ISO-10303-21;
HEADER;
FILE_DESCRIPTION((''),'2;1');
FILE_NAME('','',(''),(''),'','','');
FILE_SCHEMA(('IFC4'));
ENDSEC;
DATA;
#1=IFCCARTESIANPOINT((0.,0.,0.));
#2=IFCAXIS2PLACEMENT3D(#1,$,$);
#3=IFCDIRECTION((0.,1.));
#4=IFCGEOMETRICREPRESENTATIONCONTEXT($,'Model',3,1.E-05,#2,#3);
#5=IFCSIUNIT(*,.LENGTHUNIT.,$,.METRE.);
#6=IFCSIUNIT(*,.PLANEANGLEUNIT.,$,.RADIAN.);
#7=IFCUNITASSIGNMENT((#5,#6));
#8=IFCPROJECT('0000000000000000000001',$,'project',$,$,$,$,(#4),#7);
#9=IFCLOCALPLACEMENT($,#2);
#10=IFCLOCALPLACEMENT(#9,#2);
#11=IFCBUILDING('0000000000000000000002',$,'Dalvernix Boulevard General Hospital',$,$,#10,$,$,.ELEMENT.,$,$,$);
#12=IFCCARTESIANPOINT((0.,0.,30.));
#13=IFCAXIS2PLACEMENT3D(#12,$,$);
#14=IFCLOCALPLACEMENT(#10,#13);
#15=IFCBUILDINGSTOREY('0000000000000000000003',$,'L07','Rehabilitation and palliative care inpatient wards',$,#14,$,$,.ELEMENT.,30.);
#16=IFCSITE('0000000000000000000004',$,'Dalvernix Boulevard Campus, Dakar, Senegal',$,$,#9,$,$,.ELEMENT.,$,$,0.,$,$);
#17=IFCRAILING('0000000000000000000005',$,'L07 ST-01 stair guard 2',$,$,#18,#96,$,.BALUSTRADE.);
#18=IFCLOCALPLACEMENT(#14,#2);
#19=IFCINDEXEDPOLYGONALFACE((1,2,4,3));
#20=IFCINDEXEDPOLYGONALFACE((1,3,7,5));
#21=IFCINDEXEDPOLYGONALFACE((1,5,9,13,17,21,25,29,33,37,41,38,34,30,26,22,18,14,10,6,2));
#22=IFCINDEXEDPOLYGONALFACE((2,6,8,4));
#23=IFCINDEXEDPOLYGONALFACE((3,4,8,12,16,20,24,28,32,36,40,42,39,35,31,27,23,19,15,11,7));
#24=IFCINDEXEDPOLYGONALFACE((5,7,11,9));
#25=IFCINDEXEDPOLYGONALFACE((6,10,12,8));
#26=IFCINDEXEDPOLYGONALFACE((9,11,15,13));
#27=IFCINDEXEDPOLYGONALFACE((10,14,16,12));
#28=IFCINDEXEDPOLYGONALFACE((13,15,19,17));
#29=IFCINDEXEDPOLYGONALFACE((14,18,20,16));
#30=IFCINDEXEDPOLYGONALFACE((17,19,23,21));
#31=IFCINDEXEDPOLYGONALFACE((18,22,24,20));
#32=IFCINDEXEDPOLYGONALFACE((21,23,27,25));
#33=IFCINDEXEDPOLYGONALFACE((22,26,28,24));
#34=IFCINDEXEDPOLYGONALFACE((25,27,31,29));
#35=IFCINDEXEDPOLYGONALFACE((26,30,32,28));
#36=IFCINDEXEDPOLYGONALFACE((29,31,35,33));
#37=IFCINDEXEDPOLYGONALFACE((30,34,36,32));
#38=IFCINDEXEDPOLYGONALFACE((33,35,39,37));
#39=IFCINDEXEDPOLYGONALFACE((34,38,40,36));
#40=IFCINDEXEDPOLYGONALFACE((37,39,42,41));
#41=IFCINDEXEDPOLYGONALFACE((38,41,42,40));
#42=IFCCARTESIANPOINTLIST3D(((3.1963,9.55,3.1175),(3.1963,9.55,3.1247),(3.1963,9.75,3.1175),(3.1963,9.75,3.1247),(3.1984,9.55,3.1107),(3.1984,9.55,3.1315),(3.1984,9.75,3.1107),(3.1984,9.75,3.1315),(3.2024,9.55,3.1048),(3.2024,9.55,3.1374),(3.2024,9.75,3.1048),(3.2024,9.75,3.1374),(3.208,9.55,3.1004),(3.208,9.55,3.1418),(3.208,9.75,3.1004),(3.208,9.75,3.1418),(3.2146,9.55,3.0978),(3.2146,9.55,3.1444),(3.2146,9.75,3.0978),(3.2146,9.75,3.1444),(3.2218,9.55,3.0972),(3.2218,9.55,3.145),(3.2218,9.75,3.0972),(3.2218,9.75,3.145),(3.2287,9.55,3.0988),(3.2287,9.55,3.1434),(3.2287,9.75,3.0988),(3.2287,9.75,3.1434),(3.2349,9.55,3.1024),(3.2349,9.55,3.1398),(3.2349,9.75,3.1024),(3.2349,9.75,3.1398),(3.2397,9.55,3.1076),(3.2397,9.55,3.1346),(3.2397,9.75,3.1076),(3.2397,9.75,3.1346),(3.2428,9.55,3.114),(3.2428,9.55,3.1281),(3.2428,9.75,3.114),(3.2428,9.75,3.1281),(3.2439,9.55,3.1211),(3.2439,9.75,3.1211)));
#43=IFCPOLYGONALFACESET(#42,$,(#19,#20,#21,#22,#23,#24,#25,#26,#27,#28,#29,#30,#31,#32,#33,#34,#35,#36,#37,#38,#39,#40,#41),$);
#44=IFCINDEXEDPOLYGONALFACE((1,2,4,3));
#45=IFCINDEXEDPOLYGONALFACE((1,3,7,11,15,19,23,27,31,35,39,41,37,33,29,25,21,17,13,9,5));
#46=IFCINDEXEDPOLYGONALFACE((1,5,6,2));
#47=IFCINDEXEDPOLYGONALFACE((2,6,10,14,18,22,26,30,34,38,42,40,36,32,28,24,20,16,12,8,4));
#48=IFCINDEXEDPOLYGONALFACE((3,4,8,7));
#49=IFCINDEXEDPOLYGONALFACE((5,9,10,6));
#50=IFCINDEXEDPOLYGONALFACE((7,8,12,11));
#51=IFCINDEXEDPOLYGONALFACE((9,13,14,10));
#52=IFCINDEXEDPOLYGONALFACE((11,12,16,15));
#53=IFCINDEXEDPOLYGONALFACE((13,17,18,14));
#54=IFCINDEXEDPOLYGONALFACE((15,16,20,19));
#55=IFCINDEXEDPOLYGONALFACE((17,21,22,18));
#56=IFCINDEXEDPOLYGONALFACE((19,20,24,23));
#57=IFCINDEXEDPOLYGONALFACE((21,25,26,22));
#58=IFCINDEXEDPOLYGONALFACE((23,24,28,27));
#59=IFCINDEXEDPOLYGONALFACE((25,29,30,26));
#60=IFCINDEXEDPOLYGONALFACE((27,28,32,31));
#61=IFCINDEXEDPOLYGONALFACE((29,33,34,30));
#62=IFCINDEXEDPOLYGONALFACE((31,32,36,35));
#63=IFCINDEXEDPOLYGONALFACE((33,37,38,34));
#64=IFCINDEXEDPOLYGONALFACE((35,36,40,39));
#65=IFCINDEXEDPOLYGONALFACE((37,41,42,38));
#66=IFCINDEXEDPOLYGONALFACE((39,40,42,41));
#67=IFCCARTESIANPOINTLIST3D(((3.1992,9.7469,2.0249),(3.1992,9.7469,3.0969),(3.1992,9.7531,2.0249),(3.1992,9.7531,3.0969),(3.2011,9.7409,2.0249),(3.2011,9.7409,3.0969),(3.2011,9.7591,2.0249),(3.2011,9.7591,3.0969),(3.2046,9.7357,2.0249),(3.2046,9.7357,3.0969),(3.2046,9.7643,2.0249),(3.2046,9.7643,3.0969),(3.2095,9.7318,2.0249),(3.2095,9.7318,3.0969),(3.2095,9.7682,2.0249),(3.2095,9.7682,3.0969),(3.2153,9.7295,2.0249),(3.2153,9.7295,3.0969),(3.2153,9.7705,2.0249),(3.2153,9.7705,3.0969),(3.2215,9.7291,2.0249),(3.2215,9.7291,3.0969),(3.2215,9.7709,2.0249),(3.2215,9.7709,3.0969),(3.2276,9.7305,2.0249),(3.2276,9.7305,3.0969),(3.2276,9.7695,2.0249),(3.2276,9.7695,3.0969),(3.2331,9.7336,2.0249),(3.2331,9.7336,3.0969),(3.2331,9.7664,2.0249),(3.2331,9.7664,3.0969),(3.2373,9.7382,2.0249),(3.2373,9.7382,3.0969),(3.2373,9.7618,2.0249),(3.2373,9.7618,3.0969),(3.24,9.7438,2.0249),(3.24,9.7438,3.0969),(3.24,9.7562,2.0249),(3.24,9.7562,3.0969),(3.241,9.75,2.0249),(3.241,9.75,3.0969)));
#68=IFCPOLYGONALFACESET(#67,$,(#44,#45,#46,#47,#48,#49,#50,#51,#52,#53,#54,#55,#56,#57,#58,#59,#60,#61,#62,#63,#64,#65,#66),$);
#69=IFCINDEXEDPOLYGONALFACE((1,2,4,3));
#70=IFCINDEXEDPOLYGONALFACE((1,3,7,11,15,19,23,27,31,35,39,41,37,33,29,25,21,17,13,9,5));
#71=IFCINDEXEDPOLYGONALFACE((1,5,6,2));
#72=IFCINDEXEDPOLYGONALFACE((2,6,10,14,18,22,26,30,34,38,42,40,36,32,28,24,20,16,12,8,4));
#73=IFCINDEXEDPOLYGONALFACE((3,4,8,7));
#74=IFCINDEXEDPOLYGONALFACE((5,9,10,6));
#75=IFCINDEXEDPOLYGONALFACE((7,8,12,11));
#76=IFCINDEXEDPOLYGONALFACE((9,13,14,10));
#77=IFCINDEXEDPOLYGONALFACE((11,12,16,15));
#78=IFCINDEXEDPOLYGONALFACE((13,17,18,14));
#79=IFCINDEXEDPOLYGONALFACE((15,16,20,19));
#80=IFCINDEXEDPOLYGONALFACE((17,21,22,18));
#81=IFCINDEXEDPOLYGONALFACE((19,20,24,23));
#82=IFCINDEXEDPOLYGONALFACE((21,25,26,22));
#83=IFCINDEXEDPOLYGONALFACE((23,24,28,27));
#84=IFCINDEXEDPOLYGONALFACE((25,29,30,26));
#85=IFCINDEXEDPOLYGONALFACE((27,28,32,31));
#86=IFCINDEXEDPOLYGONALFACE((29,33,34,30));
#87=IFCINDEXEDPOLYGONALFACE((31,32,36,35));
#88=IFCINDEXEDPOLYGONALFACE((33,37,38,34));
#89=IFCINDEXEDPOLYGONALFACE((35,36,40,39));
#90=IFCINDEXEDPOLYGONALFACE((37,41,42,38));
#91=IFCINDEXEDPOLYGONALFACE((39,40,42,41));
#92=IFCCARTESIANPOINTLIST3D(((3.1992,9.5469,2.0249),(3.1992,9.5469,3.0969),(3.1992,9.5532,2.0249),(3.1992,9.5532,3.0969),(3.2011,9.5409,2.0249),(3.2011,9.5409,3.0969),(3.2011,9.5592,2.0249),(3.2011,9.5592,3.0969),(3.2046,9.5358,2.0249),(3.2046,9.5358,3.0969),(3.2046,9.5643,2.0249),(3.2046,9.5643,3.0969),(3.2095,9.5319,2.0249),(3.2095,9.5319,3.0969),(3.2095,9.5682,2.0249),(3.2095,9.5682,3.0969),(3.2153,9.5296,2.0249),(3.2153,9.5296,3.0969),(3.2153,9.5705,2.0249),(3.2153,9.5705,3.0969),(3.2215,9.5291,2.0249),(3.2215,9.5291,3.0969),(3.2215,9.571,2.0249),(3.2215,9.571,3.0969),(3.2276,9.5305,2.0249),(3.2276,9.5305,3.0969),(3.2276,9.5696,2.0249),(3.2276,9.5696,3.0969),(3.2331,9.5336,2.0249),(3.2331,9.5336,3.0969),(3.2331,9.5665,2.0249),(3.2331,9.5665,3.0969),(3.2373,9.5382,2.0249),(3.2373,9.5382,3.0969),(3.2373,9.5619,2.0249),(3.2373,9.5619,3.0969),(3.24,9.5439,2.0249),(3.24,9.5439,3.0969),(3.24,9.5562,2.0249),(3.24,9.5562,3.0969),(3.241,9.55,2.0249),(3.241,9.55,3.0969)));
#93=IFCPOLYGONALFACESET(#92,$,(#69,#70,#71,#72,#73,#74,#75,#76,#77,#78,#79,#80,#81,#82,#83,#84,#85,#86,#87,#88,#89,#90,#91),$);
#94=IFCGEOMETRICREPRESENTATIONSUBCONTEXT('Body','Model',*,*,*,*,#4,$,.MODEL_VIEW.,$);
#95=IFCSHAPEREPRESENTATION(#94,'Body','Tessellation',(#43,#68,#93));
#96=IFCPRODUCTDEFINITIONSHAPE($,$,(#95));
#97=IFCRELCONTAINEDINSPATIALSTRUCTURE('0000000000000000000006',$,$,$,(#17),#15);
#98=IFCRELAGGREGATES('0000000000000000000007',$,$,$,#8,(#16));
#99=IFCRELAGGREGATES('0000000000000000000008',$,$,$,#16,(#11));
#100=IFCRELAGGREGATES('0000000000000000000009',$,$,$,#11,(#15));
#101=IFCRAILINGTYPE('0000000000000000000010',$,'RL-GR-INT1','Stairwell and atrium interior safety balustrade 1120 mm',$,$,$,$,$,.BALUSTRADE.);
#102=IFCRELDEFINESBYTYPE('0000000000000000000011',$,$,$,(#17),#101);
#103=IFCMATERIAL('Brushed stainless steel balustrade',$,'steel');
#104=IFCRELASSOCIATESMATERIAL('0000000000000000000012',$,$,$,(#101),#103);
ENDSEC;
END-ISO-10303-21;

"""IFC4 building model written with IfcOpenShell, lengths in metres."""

from ifc_helpers import new_model, si_unit, direction, frame, origin, origin_2d, place, context, subcontext, project, spatial, circle, extrude, material, type_object, element, save


model = new_model("IFC4")

# Units and contexts
model_context = context("Model", 3, precision=1e-05, world=origin(), true_north=direction((0.0, 1.0)))
body_context = subcontext(model_context, "Body", "Model", "MODEL_VIEW")
ifc_project = project(units=[si_unit("LENGTHUNIT", "METRE"), si_unit("PLANEANGLEUNIT", "RADIAN")], contexts=[model_context])

# Site, building, storey
site_placement = place(None, origin())
site = spatial("IfcSite", under=ifc_project, at=site_placement, Name="Dalvernix Boulevard Campus, Dakar, Senegal", CompositionType="ELEMENT", RefElevation=0.0)
building_placement = place(site_placement, origin())
building = spatial("IfcBuilding", under=site, at=building_placement, Name="Dalvernix Boulevard General Hospital", CompositionType="ELEMENT")
storey_placement = place(building_placement, frame((0.0, 0.0, 30.0)))
storey = spatial("IfcBuildingStorey", under=building, at=storey_placement, Name="L07", Description="Rehabilitation and palliative care inpatient wards", CompositionType="ELEMENT", Elevation=30.0)

# Railing
ifc_material_1 = material(Name="Brushed stainless steel balustrade", Category="steel")
railing_type_1 = type_object("IfcRailingType", Name="RL-GR-INT1", Description="Stairwell and atrium interior safety balustrade 1120 mm", PredefinedType="BALUSTRADE", material=ifc_material_1)
railing_1_placement = place(storey_placement, frame((3.22, 9.75, 2.0249)))
element("IfcRailing", 1, at=railing_1_placement, inside=storey, type_object=railing_type_1, Name="L07 ST-01 stair guard 2", PredefinedType="BALUSTRADE", context=body_context, shape_type="SweptSolid", body=[
    extrude(circle(Radius=0.0239, at=origin_2d()), frame((0.0, 0.0, 1.0962), z_axis=(0.0, -1.0, 0.0), x_axis=(1.0, 0.0, 0.0)), (0.0, 0.0, 1.0), 0.2),
    extrude(circle(Radius=0.021, at=origin_2d()), origin(), (0.0, 0.0, 1.0), 1.072),
    extrude(circle(Radius=0.021, at=origin_2d()), frame((0.0, -0.2, 0.0)), (0.0, 0.0, 1.0), 1.072),
])

save(model, "model.ifc")
